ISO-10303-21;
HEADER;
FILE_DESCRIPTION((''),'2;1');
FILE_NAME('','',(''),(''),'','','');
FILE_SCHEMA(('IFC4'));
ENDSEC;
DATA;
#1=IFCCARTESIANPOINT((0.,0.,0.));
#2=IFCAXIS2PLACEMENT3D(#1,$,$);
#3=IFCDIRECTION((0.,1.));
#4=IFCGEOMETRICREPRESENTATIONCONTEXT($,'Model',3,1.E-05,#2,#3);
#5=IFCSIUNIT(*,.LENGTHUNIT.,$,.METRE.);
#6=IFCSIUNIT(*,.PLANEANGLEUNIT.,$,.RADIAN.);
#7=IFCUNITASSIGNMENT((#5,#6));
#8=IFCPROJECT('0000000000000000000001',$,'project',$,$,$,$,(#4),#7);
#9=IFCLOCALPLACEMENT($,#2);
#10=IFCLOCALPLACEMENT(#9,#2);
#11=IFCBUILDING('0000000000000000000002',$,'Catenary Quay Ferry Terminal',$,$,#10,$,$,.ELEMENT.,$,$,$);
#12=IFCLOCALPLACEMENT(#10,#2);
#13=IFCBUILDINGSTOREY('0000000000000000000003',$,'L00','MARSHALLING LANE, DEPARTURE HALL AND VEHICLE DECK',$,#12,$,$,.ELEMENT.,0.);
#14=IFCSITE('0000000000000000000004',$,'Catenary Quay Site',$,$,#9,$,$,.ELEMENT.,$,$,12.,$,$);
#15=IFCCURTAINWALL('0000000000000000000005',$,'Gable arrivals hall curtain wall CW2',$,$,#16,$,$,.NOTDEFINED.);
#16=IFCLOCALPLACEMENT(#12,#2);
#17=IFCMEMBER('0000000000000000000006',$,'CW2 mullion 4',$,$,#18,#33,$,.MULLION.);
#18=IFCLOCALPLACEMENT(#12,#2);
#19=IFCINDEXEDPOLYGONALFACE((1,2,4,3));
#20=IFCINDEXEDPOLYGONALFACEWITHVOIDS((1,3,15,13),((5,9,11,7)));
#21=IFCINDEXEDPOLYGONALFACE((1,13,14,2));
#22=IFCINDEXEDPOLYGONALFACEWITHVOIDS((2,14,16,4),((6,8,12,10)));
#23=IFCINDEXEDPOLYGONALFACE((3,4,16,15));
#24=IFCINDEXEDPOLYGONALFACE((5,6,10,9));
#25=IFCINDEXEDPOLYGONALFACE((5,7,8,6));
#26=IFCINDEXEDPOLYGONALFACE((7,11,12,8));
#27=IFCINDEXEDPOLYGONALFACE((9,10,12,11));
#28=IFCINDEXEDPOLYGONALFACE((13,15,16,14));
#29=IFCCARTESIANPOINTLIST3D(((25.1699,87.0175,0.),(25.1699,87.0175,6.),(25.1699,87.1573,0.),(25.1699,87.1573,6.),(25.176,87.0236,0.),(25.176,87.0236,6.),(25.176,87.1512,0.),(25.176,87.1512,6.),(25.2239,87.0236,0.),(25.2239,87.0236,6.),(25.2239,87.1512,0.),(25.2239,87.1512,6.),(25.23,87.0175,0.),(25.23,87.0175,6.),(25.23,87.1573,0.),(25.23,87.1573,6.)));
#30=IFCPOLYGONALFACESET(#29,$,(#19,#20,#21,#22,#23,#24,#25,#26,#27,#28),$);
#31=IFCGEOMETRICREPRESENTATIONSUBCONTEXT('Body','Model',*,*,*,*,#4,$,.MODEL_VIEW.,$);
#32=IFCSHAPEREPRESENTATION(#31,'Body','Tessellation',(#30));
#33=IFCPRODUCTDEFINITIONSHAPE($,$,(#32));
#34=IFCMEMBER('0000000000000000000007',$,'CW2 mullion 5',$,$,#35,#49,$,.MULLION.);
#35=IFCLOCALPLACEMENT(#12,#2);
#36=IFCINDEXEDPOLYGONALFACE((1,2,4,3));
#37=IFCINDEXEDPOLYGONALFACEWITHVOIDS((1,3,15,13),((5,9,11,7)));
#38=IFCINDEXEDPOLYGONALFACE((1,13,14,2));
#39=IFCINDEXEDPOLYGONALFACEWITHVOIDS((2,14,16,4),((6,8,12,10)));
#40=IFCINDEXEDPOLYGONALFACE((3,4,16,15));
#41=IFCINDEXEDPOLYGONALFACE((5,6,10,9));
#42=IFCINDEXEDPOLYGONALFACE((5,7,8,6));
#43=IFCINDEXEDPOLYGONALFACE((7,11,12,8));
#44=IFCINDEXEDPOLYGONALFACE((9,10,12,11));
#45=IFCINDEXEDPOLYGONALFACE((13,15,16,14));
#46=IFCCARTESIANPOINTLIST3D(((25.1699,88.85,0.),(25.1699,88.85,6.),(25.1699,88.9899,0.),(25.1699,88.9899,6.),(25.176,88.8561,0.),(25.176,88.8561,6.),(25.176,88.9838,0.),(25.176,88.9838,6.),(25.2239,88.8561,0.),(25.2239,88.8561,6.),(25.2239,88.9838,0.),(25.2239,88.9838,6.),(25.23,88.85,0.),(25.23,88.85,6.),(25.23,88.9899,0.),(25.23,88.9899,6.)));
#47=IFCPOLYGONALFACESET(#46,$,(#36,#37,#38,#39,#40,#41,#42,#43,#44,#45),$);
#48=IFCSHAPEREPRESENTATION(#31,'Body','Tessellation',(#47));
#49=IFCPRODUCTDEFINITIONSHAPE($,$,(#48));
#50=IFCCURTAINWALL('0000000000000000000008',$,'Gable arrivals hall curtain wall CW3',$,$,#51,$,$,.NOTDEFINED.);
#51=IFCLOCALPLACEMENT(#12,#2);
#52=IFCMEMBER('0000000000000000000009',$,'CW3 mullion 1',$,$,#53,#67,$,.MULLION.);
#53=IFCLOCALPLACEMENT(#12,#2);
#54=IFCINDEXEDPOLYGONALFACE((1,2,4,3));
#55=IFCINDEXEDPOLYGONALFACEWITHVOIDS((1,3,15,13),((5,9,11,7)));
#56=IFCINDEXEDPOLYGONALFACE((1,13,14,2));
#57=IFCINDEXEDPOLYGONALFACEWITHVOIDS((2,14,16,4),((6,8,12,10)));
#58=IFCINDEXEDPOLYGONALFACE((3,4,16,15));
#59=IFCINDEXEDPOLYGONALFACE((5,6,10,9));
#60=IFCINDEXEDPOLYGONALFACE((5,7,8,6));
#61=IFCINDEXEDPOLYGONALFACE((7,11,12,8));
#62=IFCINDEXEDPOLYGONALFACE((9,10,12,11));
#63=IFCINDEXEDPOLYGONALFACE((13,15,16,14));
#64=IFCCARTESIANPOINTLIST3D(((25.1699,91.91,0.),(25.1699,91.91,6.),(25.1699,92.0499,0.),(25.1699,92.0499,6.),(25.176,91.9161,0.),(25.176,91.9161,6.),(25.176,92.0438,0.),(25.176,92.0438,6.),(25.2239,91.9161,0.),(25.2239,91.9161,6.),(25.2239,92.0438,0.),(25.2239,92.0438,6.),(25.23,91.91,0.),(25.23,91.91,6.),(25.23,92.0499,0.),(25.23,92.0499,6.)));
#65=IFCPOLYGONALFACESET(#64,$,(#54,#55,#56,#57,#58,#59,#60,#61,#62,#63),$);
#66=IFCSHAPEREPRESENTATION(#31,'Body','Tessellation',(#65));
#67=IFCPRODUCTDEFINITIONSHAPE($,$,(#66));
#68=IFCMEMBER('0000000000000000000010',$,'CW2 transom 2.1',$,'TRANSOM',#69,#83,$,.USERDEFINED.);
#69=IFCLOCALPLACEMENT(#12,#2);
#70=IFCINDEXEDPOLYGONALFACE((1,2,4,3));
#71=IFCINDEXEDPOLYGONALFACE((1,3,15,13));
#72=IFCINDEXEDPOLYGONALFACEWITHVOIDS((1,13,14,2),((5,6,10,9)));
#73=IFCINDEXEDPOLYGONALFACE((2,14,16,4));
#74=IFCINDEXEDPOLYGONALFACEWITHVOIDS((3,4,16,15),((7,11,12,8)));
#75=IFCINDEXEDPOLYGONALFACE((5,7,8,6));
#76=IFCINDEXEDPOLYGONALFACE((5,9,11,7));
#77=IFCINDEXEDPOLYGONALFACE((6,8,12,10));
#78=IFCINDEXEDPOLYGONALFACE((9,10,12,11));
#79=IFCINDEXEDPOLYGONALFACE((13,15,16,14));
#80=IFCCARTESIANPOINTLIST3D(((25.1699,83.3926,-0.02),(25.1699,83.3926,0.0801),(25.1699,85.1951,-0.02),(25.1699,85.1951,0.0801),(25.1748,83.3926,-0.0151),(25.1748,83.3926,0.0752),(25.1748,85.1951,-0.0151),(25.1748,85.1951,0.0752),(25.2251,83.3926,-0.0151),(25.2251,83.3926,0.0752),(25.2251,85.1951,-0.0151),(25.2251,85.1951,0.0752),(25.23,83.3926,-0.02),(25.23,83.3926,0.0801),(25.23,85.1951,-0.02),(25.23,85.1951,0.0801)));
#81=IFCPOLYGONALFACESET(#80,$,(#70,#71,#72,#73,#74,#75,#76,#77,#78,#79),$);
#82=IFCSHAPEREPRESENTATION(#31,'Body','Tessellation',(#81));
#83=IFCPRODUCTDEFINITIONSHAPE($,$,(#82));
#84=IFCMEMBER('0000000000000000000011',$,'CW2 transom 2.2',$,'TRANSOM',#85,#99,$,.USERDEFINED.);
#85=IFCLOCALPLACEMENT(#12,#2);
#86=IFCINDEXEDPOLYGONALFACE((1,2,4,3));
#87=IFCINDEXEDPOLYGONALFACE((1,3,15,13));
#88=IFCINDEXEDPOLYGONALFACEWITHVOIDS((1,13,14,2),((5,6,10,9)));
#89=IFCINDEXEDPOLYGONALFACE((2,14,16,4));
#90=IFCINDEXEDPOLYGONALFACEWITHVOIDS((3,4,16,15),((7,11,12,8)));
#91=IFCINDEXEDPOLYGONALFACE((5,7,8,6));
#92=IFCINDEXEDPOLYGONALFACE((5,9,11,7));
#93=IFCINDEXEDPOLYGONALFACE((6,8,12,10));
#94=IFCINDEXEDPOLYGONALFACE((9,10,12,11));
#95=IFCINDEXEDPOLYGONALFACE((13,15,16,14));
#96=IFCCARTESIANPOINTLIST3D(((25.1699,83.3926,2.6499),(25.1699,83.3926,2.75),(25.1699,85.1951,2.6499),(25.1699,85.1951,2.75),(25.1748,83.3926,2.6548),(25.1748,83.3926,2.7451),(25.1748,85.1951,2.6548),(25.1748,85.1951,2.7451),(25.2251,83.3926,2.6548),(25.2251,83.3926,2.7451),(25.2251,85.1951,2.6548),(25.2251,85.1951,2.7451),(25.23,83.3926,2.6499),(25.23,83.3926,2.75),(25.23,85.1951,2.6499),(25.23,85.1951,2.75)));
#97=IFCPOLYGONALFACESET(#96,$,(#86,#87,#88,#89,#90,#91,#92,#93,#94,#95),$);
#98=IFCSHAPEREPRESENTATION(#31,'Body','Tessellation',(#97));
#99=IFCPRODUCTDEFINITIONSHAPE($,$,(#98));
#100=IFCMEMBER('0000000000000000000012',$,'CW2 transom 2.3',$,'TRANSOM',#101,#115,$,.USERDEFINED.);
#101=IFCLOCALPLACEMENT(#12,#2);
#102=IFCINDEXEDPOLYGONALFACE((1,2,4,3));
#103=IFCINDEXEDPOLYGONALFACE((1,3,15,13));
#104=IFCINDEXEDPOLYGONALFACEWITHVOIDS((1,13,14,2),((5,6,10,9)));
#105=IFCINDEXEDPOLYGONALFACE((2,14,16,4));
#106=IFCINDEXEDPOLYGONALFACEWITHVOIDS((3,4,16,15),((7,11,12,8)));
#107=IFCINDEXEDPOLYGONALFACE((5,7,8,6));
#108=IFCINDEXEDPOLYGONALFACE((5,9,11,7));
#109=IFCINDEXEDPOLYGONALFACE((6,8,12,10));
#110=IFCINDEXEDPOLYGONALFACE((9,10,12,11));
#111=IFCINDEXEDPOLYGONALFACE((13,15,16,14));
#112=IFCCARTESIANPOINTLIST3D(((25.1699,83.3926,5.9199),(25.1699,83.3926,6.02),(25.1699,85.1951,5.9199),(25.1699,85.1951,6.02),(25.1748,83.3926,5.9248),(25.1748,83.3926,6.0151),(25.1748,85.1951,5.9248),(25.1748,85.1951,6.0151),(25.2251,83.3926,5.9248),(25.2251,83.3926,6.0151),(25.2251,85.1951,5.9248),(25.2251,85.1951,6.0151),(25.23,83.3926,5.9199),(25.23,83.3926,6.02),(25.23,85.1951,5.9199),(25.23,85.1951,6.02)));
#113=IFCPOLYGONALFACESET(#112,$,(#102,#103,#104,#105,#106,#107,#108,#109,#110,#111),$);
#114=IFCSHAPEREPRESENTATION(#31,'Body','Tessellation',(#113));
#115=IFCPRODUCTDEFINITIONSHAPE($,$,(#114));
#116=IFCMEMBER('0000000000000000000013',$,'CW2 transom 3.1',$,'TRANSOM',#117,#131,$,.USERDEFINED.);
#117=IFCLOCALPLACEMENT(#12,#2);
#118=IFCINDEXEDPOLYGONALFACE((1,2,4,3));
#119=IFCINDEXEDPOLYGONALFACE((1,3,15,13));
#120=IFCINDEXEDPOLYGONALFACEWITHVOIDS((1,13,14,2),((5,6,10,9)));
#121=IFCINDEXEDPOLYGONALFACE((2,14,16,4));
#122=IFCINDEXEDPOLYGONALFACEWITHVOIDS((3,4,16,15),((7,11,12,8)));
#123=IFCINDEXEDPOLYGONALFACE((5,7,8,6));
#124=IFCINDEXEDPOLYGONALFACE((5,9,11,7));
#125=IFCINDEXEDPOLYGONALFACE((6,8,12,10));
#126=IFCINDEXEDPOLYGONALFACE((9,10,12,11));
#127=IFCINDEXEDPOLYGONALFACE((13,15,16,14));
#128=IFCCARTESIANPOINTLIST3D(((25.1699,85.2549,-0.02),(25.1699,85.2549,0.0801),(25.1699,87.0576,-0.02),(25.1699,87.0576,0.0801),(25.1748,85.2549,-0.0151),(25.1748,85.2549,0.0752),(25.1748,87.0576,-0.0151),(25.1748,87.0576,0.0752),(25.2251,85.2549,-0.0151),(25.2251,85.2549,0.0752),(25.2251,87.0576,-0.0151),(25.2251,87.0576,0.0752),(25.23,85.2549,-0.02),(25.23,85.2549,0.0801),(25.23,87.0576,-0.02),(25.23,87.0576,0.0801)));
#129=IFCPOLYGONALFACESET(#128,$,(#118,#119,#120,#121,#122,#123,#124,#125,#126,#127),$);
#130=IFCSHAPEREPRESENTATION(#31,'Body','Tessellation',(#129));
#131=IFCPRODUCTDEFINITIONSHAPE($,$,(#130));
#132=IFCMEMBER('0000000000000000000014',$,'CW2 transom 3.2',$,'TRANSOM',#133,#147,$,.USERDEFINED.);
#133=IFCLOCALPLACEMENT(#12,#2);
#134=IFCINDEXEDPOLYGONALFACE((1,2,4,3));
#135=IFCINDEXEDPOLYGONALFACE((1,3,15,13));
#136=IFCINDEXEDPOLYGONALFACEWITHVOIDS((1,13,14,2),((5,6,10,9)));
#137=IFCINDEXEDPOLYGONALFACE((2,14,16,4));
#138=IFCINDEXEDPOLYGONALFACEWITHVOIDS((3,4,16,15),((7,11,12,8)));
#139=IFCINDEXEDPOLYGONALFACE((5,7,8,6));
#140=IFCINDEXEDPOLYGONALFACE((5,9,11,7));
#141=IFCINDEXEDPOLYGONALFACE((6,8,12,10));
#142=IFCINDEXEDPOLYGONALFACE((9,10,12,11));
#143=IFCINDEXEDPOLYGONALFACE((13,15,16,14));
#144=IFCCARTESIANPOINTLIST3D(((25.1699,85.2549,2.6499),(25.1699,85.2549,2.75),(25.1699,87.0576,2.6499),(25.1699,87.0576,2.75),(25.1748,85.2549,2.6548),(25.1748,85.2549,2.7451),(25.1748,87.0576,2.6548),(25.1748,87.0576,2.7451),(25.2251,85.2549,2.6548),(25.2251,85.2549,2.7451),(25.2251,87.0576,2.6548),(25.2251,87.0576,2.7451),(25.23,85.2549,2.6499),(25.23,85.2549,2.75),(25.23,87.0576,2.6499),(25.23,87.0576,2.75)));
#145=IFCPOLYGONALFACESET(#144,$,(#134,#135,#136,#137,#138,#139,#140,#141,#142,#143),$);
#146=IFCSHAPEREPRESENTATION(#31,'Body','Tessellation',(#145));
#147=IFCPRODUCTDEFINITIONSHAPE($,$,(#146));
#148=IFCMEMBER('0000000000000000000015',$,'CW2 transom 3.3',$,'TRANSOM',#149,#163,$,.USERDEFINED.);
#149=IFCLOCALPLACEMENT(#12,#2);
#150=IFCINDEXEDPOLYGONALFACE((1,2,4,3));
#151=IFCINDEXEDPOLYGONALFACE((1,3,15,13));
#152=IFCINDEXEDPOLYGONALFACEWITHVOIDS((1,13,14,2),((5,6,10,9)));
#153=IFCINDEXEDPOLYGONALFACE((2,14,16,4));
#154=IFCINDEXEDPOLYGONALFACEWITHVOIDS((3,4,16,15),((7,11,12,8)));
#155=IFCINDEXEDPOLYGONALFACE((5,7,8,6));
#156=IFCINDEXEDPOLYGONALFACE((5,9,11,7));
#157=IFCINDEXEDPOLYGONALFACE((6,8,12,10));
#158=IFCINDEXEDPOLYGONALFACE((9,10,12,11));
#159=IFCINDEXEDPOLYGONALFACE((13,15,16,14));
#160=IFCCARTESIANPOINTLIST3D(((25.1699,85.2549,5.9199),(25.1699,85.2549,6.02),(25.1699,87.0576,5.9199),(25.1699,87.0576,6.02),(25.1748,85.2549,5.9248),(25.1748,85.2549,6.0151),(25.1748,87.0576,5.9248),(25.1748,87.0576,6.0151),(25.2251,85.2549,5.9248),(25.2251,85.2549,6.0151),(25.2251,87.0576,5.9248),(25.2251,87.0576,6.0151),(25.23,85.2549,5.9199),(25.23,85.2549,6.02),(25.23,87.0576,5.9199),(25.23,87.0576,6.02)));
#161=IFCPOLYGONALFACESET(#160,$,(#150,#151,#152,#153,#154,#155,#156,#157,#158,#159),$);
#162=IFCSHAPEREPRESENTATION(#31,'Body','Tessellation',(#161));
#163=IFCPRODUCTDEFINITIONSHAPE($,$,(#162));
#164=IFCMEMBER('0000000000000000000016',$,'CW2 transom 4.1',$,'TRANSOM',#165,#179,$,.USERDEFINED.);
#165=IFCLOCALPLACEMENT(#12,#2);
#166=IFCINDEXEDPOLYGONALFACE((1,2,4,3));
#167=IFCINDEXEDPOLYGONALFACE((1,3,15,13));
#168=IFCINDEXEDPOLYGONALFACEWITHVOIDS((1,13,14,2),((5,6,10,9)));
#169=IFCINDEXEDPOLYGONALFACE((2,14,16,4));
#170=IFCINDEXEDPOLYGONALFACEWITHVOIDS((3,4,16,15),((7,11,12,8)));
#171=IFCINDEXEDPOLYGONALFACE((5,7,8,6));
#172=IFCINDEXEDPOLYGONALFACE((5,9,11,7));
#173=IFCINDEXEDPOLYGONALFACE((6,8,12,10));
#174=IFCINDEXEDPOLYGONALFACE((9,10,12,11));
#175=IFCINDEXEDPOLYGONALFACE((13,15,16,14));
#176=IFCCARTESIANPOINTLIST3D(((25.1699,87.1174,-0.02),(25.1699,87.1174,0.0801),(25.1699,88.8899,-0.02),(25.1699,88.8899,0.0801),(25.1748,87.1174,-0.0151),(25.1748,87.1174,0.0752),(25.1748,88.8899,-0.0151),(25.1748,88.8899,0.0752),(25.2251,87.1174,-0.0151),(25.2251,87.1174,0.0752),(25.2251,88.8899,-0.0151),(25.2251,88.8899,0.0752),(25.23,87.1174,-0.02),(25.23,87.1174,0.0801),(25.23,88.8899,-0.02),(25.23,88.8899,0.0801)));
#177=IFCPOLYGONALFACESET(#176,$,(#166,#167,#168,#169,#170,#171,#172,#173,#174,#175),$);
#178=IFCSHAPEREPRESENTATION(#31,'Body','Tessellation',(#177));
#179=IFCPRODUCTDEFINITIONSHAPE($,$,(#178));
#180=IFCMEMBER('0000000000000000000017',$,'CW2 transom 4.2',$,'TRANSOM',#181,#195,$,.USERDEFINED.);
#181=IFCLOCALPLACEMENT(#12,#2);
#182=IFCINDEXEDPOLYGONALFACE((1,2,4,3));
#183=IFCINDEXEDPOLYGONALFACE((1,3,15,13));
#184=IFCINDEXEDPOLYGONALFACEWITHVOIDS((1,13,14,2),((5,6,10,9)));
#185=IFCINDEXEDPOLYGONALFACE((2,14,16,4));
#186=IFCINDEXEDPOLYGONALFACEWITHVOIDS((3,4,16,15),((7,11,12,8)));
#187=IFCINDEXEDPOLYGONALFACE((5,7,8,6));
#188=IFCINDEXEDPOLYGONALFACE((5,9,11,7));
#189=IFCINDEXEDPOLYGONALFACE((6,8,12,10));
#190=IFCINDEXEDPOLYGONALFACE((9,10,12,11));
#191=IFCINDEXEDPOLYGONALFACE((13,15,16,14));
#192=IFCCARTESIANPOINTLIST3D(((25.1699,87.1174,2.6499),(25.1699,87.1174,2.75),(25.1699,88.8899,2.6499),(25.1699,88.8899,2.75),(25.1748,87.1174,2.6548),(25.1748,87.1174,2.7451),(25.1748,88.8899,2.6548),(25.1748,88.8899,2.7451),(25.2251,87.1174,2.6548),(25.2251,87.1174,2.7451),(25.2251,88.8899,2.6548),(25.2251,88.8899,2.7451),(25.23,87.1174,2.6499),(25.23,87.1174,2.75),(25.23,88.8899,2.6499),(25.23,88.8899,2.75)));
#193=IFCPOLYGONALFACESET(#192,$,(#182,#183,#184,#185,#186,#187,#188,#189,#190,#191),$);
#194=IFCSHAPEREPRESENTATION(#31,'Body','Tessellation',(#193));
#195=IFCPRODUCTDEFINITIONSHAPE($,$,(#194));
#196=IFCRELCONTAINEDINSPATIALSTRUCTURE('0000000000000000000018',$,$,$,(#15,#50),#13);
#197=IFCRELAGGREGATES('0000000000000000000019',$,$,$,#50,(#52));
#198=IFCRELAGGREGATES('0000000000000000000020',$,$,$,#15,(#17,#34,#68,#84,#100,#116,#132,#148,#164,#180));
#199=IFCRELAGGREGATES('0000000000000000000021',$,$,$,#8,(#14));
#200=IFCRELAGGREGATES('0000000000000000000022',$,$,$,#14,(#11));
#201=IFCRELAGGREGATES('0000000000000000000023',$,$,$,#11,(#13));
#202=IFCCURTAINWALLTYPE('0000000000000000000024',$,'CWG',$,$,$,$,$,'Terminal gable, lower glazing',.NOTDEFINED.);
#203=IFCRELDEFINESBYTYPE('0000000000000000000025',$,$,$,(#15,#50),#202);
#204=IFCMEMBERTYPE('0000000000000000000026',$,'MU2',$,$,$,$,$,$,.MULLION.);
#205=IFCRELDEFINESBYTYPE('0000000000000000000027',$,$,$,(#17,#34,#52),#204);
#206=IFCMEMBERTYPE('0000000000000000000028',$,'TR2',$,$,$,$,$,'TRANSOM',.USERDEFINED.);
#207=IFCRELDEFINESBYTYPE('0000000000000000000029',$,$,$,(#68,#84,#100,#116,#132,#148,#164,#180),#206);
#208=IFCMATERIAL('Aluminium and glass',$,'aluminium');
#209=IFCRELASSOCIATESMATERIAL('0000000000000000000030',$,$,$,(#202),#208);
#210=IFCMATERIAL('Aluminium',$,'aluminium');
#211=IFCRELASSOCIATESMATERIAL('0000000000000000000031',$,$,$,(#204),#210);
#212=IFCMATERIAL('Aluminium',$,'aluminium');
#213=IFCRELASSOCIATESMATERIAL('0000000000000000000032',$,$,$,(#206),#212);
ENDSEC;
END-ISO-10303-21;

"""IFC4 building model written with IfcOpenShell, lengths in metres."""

from ifc_helpers import new_model, si_unit, direction, frame, origin, origin_2d, place, context, subcontext, project, spatial, hollow_rectangle, extrude, material, material_profile, profile_set, type_object, element, aggregate, save


model = new_model("IFC4")

# Units and contexts
model_context = context("Model", 3, precision=1e-05, world=origin(), true_north=direction((0.0, 1.0)))
body_context = subcontext(model_context, "Body", "Model", "MODEL_VIEW")
ifc_project = project(units=[si_unit("LENGTHUNIT", "METRE"), si_unit("PLANEANGLEUNIT", "RADIAN")], contexts=[model_context])

# Site, building, storey
site_placement = place(None, origin())
site = spatial("IfcSite", under=ifc_project, at=site_placement, Name="Catenary Quay Site", CompositionType="ELEMENT", RefElevation=12.0)
building_placement = place(site_placement, origin())
building = spatial("IfcBuilding", under=site, at=building_placement, Name="Catenary Quay Ferry Terminal", CompositionType="ELEMENT")
storey_placement = place(building_placement, origin())
storey = spatial("IfcBuildingStorey", under=building, at=storey_placement, Name="L00", Description="MARSHALLING LANE, DEPARTURE HALL AND VEHICLE DECK", CompositionType="ELEMENT", Elevation=0.0)

# Curtain wall, members
ifc_material_1 = material(Name="Aluminium and glass", Category="aluminium")
curtain_wall_type = type_object("IfcCurtainWallType", Name="CWG", ElementType="Terminal gable, lower glazing", PredefinedType="NOTDEFINED", material=ifc_material_1)
curtain_wall_1_placement = place(storey_placement, origin())
curtain_wall_1 = element("IfcCurtainWall", 1, at=curtain_wall_1_placement, inside=storey, type_object=curtain_wall_type, Name="Gable arrivals hall curtain wall CW2", PredefinedType="NOTDEFINED")
ifc_material_2 = material(Name="Aluminium", Category="aluminium")
ifc_material_profile_1 = material_profile(ifc_material_2, hollow_rectangle(XDim=0.0601, YDim=0.1399, WallThickness=0.0061, at=origin_2d()), Name="MU2")
ifc_profile_set_1 = profile_set([ifc_material_profile_1], Name="Aluminium")
member_type_1 = type_object("IfcMemberType", Name="MU2", PredefinedType="MULLION", material=ifc_profile_set_1)
member_1_placement = place(storey_placement, frame((25.2, 87.0874, 0.0), z_axis=(0.0, 0.0, 1.0), x_axis=(-1.0, 0.0, 0.0)))
member_1 = element("IfcMember", 2, at=member_1_placement, type_object=member_type_1, Name="CW2 mullion 4", PredefinedType="MULLION", context=body_context, shape_type="SweptSolid", body=[
    extrude(hollow_rectangle(XDim=0.0601, YDim=0.1399, WallThickness=0.0061, at=origin_2d()), origin(), (0.0, 0.0, 1.0), 6.0),
])
member_2_placement = place(storey_placement, frame((25.2, 88.9199, 0.0), z_axis=(0.0, 0.0, 1.0), x_axis=(-1.0, 0.0, 0.0)))
member_2 = element("IfcMember", 3, at=member_2_placement, type_object=member_type_1, Name="CW2 mullion 5", PredefinedType="MULLION", context=body_context, shape_type="SweptSolid", body=[
    extrude(hollow_rectangle(XDim=0.0601, YDim=0.1399, WallThickness=0.0061, at=origin_2d()), origin(), (0.0, 0.0, 1.0), 6.0),
])

# Curtain wall, member
curtain_wall_2_placement = place(storey_placement, origin())
curtain_wall_2 = element("IfcCurtainWall", 4, at=curtain_wall_2_placement, inside=storey, type_object=curtain_wall_type, Name="Gable arrivals hall curtain wall CW3", PredefinedType="NOTDEFINED")
member_3_placement = place(storey_placement, frame((25.2, 91.98, 0.0), z_axis=(0.0, 0.0, 1.0), x_axis=(-1.0, 0.0, 0.0)))
member_3 = element("IfcMember", 5, at=member_3_placement, type_object=member_type_1, Name="CW3 mullion 1", PredefinedType="MULLION", context=body_context, shape_type="SweptSolid", body=[
    extrude(hollow_rectangle(XDim=0.0601, YDim=0.1399, WallThickness=0.0061, at=origin_2d()), origin(), (0.0, 0.0, 1.0), 6.0),
])

# Members
ifc_material_3 = material(Name="Aluminium", Category="aluminium")
ifc_material_profile_2 = material_profile(ifc_material_3, hollow_rectangle(XDim=0.0601, YDim=0.1001, WallThickness=0.0049, at=origin_2d()), Name="TR2")
ifc_profile_set_2 = profile_set([ifc_material_profile_2], Name="Aluminium")
member_type_2 = type_object("IfcMemberType", Name="TR2", ElementType="TRANSOM", PredefinedType="USERDEFINED", material=ifc_profile_set_2)
member_4_placement = place(storey_placement, frame((25.2, 83.3926, 0.03), z_axis=(0.0, 1.0, 0.0), x_axis=(-1.0, 0.0, 0.0)))
member_4 = element("IfcMember", 6, at=member_4_placement, type_object=member_type_2, Name="CW2 transom 2.1", ObjectType="TRANSOM", PredefinedType="USERDEFINED", context=body_context, shape_type="SweptSolid", body=[
    extrude(hollow_rectangle(XDim=0.0601, YDim=0.1001, WallThickness=0.0049, at=origin_2d()), origin(), (0.0, 0.0, 1.0), 1.8025),
])
member_5_placement = place(storey_placement, frame((25.2, 83.3926, 2.7), z_axis=(0.0, 1.0, 0.0), x_axis=(-1.0, 0.0, 0.0)))
member_5 = element("IfcMember", 7, at=member_5_placement, type_object=member_type_2, Name="CW2 transom 2.2", ObjectType="TRANSOM", PredefinedType="USERDEFINED", context=body_context, shape_type="SweptSolid", body=[
    extrude(hollow_rectangle(XDim=0.0601, YDim=0.1001, WallThickness=0.0049, at=origin_2d()), origin(), (0.0, 0.0, 1.0), 1.8025),
])
member_6_placement = place(storey_placement, frame((25.2, 83.3926, 5.97), z_axis=(0.0, 1.0, 0.0), x_axis=(-1.0, 0.0, 0.0)))
member_6 = element("IfcMember", 8, at=member_6_placement, type_object=member_type_2, Name="CW2 transom 2.3", ObjectType="TRANSOM", PredefinedType="USERDEFINED", context=body_context, shape_type="SweptSolid", body=[
    extrude(hollow_rectangle(XDim=0.0601, YDim=0.1001, WallThickness=0.0049, at=origin_2d()), origin(), (0.0, 0.0, 1.0), 1.8025),
])
member_7_placement = place(storey_placement, frame((25.2, 85.2549, 0.03), z_axis=(0.0, 1.0, 0.0), x_axis=(-1.0, 0.0, 0.0)))
member_7 = element("IfcMember", 9, at=member_7_placement, type_object=member_type_2, Name="CW2 transom 3.1", ObjectType="TRANSOM", PredefinedType="USERDEFINED", context=body_context, shape_type="SweptSolid", body=[
    extrude(hollow_rectangle(XDim=0.0601, YDim=0.1001, WallThickness=0.0049, at=origin_2d()), origin(), (0.0, 0.0, 1.0), 1.8027),
])
member_8_placement = place(storey_placement, frame((25.2, 85.2549, 2.7), z_axis=(0.0, 1.0, 0.0), x_axis=(-1.0, 0.0, 0.0)))
member_8 = element("IfcMember", 10, at=member_8_placement, type_object=member_type_2, Name="CW2 transom 3.2", ObjectType="TRANSOM", PredefinedType="USERDEFINED", context=body_context, shape_type="SweptSolid", body=[
    extrude(hollow_rectangle(XDim=0.0601, YDim=0.1001, WallThickness=0.0049, at=origin_2d()), origin(), (0.0, 0.0, 1.0), 1.8027),
])
member_9_placement = place(storey_placement, frame((25.2, 85.2549, 5.97), z_axis=(0.0, 1.0, 0.0), x_axis=(-1.0, 0.0, 0.0)))
member_9 = element("IfcMember", 11, at=member_9_placement, type_object=member_type_2, Name="CW2 transom 3.3", ObjectType="TRANSOM", PredefinedType="USERDEFINED", context=body_context, shape_type="SweptSolid", body=[
    extrude(hollow_rectangle(XDim=0.0601, YDim=0.1001, WallThickness=0.0049, at=origin_2d()), origin(), (0.0, 0.0, 1.0), 1.8027),
])
member_10_placement = place(storey_placement, frame((25.2, 87.1174, 0.03), z_axis=(0.0, 1.0, 0.0), x_axis=(-1.0, 0.0, 0.0)))
member_10 = element("IfcMember", 12, at=member_10_placement, type_object=member_type_2, Name="CW2 transom 4.1", ObjectType="TRANSOM", PredefinedType="USERDEFINED", context=body_context, shape_type="SweptSolid", body=[
    extrude(hollow_rectangle(XDim=0.0601, YDim=0.1001, WallThickness=0.0049, at=origin_2d()), origin(), (0.0, 0.0, 1.0), 1.7725),
])
member_11_placement = place(storey_placement, frame((25.2, 87.1174, 2.7), z_axis=(0.0, 1.0, 0.0), x_axis=(-1.0, 0.0, 0.0)))
member_11 = element("IfcMember", 13, at=member_11_placement, type_object=member_type_2, Name="CW2 transom 4.2", ObjectType="TRANSOM", PredefinedType="USERDEFINED", context=body_context, shape_type="SweptSolid", body=[
    extrude(hollow_rectangle(XDim=0.0601, YDim=0.1001, WallThickness=0.0049, at=origin_2d()), origin(), (0.0, 0.0, 1.0), 1.7725),
])
aggregate(curtain_wall_2, [member_3])

aggregate(curtain_wall_1, [member_1, member_2, member_4, member_5, member_6, member_7, member_8, member_9, member_10, member_11])

save(model, "model.ifc")
